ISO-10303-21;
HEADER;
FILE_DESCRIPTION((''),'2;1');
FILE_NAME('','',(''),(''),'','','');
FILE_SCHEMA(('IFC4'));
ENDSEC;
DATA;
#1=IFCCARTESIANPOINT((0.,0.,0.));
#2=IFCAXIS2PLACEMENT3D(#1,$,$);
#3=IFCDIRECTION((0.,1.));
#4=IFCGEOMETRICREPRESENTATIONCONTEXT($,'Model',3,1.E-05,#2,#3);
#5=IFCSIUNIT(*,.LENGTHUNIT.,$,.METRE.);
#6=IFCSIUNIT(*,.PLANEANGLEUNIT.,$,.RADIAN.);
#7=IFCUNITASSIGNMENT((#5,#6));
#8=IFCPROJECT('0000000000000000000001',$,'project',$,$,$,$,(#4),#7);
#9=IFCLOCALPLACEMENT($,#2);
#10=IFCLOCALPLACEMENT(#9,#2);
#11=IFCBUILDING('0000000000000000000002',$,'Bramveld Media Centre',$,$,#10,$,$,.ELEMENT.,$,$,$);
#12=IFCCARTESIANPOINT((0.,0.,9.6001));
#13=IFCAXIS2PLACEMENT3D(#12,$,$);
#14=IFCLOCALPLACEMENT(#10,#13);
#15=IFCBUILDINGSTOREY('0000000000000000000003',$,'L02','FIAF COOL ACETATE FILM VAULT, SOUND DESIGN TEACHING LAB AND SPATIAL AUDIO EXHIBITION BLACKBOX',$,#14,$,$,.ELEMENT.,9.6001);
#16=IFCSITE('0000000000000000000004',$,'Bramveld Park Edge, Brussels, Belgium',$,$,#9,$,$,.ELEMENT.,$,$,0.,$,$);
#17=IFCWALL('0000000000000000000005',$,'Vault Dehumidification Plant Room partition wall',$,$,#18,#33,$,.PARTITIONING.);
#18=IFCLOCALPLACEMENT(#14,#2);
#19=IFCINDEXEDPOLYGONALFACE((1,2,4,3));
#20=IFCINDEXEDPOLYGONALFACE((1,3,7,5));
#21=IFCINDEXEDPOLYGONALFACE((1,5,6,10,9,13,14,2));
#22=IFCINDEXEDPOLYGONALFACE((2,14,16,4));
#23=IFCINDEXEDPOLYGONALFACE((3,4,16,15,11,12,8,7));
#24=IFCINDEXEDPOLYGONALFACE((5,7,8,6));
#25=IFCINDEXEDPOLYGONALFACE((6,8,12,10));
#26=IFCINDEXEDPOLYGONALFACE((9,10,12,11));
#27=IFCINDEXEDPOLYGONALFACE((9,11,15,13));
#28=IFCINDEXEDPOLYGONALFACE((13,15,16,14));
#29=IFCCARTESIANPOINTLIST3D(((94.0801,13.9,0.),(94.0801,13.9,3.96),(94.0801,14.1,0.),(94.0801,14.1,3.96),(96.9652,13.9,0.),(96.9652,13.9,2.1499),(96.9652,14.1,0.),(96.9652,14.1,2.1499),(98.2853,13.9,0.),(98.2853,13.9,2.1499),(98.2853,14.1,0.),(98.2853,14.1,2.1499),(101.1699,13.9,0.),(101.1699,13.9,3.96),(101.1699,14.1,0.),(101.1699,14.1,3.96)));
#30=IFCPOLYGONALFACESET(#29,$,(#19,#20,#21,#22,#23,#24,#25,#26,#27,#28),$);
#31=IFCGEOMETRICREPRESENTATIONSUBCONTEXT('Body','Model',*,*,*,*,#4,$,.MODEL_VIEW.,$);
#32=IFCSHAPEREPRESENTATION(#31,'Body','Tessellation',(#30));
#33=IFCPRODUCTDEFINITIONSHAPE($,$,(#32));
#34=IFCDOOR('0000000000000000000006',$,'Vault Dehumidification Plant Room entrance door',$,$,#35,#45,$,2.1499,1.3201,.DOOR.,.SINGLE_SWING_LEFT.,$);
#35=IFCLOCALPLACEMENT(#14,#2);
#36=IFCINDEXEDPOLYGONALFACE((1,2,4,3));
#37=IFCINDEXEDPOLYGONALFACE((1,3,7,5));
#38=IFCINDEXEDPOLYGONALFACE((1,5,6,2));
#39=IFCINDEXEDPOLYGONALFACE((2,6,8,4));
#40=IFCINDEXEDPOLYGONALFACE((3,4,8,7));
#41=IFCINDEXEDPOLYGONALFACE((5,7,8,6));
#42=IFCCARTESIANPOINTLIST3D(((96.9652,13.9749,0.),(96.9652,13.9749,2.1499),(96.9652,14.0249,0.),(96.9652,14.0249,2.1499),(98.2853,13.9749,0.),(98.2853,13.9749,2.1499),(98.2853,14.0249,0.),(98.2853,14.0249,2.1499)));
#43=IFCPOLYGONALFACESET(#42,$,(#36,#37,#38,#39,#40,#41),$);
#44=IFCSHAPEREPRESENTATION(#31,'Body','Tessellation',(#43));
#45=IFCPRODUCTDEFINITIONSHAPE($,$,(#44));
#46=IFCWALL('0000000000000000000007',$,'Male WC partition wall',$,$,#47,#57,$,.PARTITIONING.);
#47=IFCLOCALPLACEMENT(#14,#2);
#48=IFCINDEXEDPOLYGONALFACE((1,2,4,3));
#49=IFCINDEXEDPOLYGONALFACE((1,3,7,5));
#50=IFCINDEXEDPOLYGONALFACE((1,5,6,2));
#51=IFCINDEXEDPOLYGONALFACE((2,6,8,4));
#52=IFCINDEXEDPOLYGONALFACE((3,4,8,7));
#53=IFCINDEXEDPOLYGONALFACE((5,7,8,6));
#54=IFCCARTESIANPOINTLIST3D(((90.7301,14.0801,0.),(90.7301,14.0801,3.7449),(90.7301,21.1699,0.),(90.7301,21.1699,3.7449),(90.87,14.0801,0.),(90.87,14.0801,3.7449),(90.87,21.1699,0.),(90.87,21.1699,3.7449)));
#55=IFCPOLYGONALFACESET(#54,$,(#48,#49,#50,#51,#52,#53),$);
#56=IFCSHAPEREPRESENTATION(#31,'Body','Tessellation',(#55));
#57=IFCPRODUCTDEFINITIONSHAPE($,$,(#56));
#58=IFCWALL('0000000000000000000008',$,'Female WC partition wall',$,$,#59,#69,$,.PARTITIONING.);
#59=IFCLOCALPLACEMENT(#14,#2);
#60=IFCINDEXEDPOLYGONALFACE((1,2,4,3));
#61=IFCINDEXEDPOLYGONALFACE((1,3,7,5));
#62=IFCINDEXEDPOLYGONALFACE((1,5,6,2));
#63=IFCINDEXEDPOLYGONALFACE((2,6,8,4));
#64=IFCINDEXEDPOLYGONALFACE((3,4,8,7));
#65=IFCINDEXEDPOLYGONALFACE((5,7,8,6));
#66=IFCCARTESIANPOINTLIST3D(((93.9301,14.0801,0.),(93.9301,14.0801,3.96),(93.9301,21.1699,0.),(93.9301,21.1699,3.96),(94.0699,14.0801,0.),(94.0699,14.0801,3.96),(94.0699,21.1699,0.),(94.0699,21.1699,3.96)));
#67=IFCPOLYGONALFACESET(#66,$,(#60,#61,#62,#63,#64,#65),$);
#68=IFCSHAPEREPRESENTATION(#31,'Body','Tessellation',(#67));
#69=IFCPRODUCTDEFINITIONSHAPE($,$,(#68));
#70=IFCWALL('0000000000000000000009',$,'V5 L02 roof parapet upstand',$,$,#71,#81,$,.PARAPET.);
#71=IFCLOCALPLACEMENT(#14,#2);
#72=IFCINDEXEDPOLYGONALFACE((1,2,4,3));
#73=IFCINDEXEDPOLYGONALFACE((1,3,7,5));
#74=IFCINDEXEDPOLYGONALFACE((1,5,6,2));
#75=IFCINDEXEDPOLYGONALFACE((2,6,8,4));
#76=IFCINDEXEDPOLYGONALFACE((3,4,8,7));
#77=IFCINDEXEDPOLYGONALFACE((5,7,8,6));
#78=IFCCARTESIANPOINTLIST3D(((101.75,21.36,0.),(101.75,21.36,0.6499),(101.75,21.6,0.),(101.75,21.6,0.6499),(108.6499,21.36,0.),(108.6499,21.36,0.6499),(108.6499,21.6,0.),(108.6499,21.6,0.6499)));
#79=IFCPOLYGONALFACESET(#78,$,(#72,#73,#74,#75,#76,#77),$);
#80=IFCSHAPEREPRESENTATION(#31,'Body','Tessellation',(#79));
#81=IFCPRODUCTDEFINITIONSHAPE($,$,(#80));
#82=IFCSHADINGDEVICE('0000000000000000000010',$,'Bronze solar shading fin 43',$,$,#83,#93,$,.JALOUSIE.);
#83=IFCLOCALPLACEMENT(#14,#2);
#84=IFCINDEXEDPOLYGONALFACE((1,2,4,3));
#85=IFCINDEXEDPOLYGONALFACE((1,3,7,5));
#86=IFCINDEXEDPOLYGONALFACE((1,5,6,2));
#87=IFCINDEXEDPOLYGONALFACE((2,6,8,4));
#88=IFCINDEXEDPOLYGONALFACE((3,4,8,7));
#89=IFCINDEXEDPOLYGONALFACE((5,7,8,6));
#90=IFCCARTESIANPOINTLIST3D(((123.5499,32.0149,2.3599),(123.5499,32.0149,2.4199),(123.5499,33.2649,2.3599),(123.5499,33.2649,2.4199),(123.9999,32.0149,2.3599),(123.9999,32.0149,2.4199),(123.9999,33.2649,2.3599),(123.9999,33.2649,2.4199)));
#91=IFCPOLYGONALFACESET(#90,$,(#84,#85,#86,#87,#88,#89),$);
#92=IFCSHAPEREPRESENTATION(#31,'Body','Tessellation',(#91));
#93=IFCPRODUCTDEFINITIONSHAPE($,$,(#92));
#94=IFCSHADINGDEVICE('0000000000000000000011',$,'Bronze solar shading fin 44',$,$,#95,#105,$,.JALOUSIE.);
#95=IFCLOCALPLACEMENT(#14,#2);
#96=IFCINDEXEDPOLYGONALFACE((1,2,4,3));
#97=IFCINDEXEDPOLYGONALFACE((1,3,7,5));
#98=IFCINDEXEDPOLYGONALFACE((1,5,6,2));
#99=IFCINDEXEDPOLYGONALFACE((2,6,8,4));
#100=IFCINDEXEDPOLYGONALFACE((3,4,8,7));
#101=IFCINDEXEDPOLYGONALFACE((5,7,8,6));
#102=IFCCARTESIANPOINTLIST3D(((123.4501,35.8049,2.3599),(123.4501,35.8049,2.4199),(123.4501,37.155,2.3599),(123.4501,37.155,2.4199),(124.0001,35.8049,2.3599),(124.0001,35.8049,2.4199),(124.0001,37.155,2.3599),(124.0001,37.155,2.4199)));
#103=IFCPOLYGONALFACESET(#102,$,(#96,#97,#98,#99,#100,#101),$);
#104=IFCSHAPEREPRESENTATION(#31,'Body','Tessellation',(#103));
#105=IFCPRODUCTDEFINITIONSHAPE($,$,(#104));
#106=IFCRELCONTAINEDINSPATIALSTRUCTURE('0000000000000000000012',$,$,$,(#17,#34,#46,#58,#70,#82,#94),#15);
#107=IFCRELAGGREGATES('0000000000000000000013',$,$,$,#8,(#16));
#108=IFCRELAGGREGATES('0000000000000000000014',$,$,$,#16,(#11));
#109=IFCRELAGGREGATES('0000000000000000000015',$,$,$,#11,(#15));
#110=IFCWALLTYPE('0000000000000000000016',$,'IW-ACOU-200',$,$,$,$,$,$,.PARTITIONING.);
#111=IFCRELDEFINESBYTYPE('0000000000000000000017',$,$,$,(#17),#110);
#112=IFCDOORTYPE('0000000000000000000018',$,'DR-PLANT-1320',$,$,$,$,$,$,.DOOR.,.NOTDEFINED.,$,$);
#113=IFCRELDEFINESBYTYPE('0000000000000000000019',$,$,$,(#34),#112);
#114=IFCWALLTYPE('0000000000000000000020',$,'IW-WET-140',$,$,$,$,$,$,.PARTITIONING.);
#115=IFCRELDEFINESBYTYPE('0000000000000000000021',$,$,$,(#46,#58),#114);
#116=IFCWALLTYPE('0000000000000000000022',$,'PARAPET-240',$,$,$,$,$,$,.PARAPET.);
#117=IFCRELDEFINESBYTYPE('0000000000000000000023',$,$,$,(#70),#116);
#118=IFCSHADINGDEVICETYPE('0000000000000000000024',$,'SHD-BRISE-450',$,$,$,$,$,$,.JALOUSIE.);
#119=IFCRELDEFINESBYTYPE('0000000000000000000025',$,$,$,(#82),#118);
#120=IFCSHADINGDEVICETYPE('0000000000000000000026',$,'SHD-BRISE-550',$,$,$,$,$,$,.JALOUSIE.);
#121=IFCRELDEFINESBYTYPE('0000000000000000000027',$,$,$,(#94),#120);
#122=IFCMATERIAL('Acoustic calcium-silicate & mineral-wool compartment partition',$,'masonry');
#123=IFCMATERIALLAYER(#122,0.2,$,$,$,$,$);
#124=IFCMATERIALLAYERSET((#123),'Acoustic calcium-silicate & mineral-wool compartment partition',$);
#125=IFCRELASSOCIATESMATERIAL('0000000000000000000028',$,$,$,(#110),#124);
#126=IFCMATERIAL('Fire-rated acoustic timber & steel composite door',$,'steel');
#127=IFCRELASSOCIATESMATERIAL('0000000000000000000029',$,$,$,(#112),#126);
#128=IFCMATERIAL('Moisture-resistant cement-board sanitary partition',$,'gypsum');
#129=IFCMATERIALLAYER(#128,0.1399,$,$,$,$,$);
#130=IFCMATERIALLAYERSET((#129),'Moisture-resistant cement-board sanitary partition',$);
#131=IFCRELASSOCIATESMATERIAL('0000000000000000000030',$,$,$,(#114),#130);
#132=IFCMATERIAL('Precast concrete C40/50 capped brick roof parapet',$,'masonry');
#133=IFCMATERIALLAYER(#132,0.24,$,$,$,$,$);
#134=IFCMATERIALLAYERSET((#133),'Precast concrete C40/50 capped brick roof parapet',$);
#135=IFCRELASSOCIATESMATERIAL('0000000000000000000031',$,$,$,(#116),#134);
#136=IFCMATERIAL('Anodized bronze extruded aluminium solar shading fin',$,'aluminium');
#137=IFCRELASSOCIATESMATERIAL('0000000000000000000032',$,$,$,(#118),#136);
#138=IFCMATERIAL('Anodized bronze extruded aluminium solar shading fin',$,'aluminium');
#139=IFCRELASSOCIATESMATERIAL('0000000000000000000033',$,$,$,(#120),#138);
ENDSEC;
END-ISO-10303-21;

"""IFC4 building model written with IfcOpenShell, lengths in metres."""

from ifc_helpers import new_model, si_unit, direction, frame, frame_2d, origin, origin_2d, place, context, subcontext, project, spatial, rectangle, extrude, material, layer, layer_set, type_object, element, fill, save


model = new_model("IFC4")

# Units and contexts
model_context = context("Model", 3, precision=1e-05, world=origin(), true_north=direction((0.0, 1.0)))
body_context = subcontext(model_context, "Body", "Model", "MODEL_VIEW")
ifc_project = project(units=[si_unit("LENGTHUNIT", "METRE"), si_unit("PLANEANGLEUNIT", "RADIAN")], contexts=[model_context])

# Site, building, storey
site_placement = place(None, origin())
site = spatial("IfcSite", under=ifc_project, at=site_placement, Name="Bramveld Park Edge, Brussels, Belgium", CompositionType="ELEMENT", RefElevation=0.0)
building_placement = place(site_placement, origin())
building = spatial("IfcBuilding", under=site, at=building_placement, Name="Bramveld Media Centre", CompositionType="ELEMENT")
storey_placement = place(building_placement, frame((0.0, 0.0, 9.6001)))
storey = spatial("IfcBuildingStorey", under=building, at=storey_placement, Name="L02", Description="FIAF COOL ACETATE FILM VAULT, SOUND DESIGN TEACHING LAB AND SPATIAL AUDIO EXHIBITION BLACKBOX", CompositionType="ELEMENT", Elevation=9.6001)

# Wall, opening, door
ifc_material_1 = material(Name="Acoustic calcium-silicate & mineral-wool compartment partition", Category="masonry")
ifc_layer_1 = layer(ifc_material_1, 0.2)
ifc_layer_set_1 = layer_set([ifc_layer_1], Name="Acoustic calcium-silicate & mineral-wool compartment partition")
wall_type_1 = type_object("IfcWallType", Name="IW-ACOU-200", PredefinedType="PARTITIONING", material=ifc_layer_set_1)
wall_1_placement = place(storey_placement, frame((94.0801, 14.0, 0.0), z_axis=(0.0, 0.0, 1.0), x_axis=(1.0, 0.0, 0.0)))
wall_1 = element("IfcWall", 1, at=wall_1_placement, inside=storey, type_object=wall_type_1, Name="Vault Dehumidification Plant Room partition wall", PredefinedType="PARTITIONING", context=body_context, shape_type="SweptSolid", body=[
    extrude(rectangle(XDim=7.0898, YDim=0.2, at=frame_2d((3.5449, 0.0))), origin(), (0.0, 0.0, 1.0), 3.96),
])
opening_1_placement = place(wall_1_placement, frame((2.885, 0.0, 0.0)))
opening_1 = element("IfcOpeningElement", 2, at=opening_1_placement, cuts=wall_1, PredefinedType="OPENING", context=body_context, shape_type="SweptSolid", body=[
    extrude(rectangle(XDim=1.3201, YDim=2.1499, at=frame_2d((0.6602, 1.075))), frame((0.0, 0.1118, 0.0), z_axis=(0.0, -1.0, 0.0), x_axis=(1.0, 0.0, 0.0)), (0.0, 0.0, 1.0), 0.2239),
])
ifc_material_2 = material(Name="Fire-rated acoustic timber & steel composite door", Category="steel")
door_type = type_object("IfcDoorType", Name="DR-PLANT-1320", OperationType="NOTDEFINED", PredefinedType="DOOR", material=ifc_material_2)
door_placement = place(opening_1_placement, origin())
door = element("IfcDoor", 3, at=door_placement, inside=storey, type_object=door_type, Name="Vault Dehumidification Plant Room entrance door", OperationType="SINGLE_SWING_LEFT", OverallHeight=2.1499, OverallWidth=1.3201, PredefinedType="DOOR", context=body_context, shape_type="SweptSolid", body=[
    extrude(rectangle(XDim=1.3201, YDim=2.1499, at=frame_2d((0.6602, 1.075))), frame((0.0, 0.0249, 0.0), z_axis=(0.0, -1.0, 0.0), x_axis=(1.0, 0.0, 0.0)), (0.0, 0.0, 1.0), 0.05),
])
fill(opening_1, door)

# Walls
ifc_material_3 = material(Name="Moisture-resistant cement-board sanitary partition", Category="gypsum")
ifc_layer_2 = layer(ifc_material_3, 0.1399)
ifc_layer_set_2 = layer_set([ifc_layer_2], Name="Moisture-resistant cement-board sanitary partition")
wall_type_2 = type_object("IfcWallType", Name="IW-WET-140", PredefinedType="PARTITIONING", material=ifc_layer_set_2)
wall_2_placement = place(storey_placement, frame((90.8, 14.0801, 0.0), z_axis=(0.0, 0.0, 1.0), x_axis=(0.0, 1.0, 0.0)))
element("IfcWall", 4, at=wall_2_placement, inside=storey, type_object=wall_type_2, Name="Male WC partition wall", PredefinedType="PARTITIONING", context=body_context, shape_type="SweptSolid", body=[
    extrude(rectangle(XDim=7.0898, YDim=0.1399, at=frame_2d((3.5449, 0.0))), origin(), (0.0, 0.0, 1.0), 3.7449),
])
wall_3_placement = place(storey_placement, frame((94.0, 14.0801, 0.0), z_axis=(0.0, 0.0, 1.0), x_axis=(0.0, 1.0, 0.0)))
element("IfcWall", 5, at=wall_3_placement, inside=storey, type_object=wall_type_2, Name="Female WC partition wall", PredefinedType="PARTITIONING", context=body_context, shape_type="SweptSolid", body=[
    extrude(rectangle(XDim=7.0898, YDim=0.1399, at=frame_2d((3.5449, 0.0))), origin(), (0.0, 0.0, 1.0), 3.96),
])
ifc_material_4 = material(Name="Precast concrete C40/50 capped brick roof parapet", Category="masonry")
ifc_layer_3 = layer(ifc_material_4, 0.24)
ifc_layer_set_3 = layer_set([ifc_layer_3], Name="Precast concrete C40/50 capped brick roof parapet")
wall_type_3 = type_object("IfcWallType", Name="PARAPET-240", PredefinedType="PARAPET", material=ifc_layer_set_3)
wall_4_placement = place(storey_placement, frame((101.75, 21.48, 0.0), z_axis=(0.0, 0.0, 1.0), x_axis=(1.0, 0.0, 0.0)))
element("IfcWall", 6, at=wall_4_placement, inside=storey, type_object=wall_type_3, Name="V5 L02 roof parapet upstand", PredefinedType="PARAPET", context=body_context, shape_type="SweptSolid", body=[
    extrude(rectangle(XDim=6.8999, YDim=0.24, at=frame_2d((3.45, 0.0))), origin(), (0.0, 0.0, 1.0), 0.6499),
])

# Shading devices
ifc_material_5 = material(Name="Anodized bronze extruded aluminium solar shading fin", Category="aluminium")
shading_device_type_1 = type_object("IfcShadingDeviceType", Name="SHD-BRISE-450", PredefinedType="JALOUSIE", material=ifc_material_5)
shading_device_1_placement = place(storey_placement, frame((123.7749, 32.6399, 2.3599), z_axis=(0.0, 0.0, 1.0), x_axis=(1.0, 0.0, 0.0)))
element("IfcShadingDevice", 7, at=shading_device_1_placement, inside=storey, type_object=shading_device_type_1, Name="Bronze solar shading fin 43", PredefinedType="JALOUSIE", context=body_context, shape_type="SweptSolid", body=[
    extrude(rectangle(XDim=0.45, YDim=1.25, at=origin_2d()), origin(), (0.0, 0.0, 1.0), 0.0601),
])
ifc_material_6 = material(Name="Anodized bronze extruded aluminium solar shading fin", Category="aluminium")
shading_device_type_2 = type_object("IfcShadingDeviceType", Name="SHD-BRISE-550", PredefinedType="JALOUSIE", material=ifc_material_6)
shading_device_2_placement = place(storey_placement, frame((123.7251, 36.48, 2.3599), z_axis=(0.0, 0.0, 1.0), x_axis=(1.0, 0.0, 0.0)))
element("IfcShadingDevice", 8, at=shading_device_2_placement, inside=storey, type_object=shading_device_type_2, Name="Bronze solar shading fin 44", PredefinedType="JALOUSIE", context=body_context, shape_type="SweptSolid", body=[
    extrude(rectangle(XDim=0.55, YDim=1.3501, at=origin_2d()), origin(), (0.0, 0.0, 1.0), 0.0601),
])

save(model, "model.ifc")
